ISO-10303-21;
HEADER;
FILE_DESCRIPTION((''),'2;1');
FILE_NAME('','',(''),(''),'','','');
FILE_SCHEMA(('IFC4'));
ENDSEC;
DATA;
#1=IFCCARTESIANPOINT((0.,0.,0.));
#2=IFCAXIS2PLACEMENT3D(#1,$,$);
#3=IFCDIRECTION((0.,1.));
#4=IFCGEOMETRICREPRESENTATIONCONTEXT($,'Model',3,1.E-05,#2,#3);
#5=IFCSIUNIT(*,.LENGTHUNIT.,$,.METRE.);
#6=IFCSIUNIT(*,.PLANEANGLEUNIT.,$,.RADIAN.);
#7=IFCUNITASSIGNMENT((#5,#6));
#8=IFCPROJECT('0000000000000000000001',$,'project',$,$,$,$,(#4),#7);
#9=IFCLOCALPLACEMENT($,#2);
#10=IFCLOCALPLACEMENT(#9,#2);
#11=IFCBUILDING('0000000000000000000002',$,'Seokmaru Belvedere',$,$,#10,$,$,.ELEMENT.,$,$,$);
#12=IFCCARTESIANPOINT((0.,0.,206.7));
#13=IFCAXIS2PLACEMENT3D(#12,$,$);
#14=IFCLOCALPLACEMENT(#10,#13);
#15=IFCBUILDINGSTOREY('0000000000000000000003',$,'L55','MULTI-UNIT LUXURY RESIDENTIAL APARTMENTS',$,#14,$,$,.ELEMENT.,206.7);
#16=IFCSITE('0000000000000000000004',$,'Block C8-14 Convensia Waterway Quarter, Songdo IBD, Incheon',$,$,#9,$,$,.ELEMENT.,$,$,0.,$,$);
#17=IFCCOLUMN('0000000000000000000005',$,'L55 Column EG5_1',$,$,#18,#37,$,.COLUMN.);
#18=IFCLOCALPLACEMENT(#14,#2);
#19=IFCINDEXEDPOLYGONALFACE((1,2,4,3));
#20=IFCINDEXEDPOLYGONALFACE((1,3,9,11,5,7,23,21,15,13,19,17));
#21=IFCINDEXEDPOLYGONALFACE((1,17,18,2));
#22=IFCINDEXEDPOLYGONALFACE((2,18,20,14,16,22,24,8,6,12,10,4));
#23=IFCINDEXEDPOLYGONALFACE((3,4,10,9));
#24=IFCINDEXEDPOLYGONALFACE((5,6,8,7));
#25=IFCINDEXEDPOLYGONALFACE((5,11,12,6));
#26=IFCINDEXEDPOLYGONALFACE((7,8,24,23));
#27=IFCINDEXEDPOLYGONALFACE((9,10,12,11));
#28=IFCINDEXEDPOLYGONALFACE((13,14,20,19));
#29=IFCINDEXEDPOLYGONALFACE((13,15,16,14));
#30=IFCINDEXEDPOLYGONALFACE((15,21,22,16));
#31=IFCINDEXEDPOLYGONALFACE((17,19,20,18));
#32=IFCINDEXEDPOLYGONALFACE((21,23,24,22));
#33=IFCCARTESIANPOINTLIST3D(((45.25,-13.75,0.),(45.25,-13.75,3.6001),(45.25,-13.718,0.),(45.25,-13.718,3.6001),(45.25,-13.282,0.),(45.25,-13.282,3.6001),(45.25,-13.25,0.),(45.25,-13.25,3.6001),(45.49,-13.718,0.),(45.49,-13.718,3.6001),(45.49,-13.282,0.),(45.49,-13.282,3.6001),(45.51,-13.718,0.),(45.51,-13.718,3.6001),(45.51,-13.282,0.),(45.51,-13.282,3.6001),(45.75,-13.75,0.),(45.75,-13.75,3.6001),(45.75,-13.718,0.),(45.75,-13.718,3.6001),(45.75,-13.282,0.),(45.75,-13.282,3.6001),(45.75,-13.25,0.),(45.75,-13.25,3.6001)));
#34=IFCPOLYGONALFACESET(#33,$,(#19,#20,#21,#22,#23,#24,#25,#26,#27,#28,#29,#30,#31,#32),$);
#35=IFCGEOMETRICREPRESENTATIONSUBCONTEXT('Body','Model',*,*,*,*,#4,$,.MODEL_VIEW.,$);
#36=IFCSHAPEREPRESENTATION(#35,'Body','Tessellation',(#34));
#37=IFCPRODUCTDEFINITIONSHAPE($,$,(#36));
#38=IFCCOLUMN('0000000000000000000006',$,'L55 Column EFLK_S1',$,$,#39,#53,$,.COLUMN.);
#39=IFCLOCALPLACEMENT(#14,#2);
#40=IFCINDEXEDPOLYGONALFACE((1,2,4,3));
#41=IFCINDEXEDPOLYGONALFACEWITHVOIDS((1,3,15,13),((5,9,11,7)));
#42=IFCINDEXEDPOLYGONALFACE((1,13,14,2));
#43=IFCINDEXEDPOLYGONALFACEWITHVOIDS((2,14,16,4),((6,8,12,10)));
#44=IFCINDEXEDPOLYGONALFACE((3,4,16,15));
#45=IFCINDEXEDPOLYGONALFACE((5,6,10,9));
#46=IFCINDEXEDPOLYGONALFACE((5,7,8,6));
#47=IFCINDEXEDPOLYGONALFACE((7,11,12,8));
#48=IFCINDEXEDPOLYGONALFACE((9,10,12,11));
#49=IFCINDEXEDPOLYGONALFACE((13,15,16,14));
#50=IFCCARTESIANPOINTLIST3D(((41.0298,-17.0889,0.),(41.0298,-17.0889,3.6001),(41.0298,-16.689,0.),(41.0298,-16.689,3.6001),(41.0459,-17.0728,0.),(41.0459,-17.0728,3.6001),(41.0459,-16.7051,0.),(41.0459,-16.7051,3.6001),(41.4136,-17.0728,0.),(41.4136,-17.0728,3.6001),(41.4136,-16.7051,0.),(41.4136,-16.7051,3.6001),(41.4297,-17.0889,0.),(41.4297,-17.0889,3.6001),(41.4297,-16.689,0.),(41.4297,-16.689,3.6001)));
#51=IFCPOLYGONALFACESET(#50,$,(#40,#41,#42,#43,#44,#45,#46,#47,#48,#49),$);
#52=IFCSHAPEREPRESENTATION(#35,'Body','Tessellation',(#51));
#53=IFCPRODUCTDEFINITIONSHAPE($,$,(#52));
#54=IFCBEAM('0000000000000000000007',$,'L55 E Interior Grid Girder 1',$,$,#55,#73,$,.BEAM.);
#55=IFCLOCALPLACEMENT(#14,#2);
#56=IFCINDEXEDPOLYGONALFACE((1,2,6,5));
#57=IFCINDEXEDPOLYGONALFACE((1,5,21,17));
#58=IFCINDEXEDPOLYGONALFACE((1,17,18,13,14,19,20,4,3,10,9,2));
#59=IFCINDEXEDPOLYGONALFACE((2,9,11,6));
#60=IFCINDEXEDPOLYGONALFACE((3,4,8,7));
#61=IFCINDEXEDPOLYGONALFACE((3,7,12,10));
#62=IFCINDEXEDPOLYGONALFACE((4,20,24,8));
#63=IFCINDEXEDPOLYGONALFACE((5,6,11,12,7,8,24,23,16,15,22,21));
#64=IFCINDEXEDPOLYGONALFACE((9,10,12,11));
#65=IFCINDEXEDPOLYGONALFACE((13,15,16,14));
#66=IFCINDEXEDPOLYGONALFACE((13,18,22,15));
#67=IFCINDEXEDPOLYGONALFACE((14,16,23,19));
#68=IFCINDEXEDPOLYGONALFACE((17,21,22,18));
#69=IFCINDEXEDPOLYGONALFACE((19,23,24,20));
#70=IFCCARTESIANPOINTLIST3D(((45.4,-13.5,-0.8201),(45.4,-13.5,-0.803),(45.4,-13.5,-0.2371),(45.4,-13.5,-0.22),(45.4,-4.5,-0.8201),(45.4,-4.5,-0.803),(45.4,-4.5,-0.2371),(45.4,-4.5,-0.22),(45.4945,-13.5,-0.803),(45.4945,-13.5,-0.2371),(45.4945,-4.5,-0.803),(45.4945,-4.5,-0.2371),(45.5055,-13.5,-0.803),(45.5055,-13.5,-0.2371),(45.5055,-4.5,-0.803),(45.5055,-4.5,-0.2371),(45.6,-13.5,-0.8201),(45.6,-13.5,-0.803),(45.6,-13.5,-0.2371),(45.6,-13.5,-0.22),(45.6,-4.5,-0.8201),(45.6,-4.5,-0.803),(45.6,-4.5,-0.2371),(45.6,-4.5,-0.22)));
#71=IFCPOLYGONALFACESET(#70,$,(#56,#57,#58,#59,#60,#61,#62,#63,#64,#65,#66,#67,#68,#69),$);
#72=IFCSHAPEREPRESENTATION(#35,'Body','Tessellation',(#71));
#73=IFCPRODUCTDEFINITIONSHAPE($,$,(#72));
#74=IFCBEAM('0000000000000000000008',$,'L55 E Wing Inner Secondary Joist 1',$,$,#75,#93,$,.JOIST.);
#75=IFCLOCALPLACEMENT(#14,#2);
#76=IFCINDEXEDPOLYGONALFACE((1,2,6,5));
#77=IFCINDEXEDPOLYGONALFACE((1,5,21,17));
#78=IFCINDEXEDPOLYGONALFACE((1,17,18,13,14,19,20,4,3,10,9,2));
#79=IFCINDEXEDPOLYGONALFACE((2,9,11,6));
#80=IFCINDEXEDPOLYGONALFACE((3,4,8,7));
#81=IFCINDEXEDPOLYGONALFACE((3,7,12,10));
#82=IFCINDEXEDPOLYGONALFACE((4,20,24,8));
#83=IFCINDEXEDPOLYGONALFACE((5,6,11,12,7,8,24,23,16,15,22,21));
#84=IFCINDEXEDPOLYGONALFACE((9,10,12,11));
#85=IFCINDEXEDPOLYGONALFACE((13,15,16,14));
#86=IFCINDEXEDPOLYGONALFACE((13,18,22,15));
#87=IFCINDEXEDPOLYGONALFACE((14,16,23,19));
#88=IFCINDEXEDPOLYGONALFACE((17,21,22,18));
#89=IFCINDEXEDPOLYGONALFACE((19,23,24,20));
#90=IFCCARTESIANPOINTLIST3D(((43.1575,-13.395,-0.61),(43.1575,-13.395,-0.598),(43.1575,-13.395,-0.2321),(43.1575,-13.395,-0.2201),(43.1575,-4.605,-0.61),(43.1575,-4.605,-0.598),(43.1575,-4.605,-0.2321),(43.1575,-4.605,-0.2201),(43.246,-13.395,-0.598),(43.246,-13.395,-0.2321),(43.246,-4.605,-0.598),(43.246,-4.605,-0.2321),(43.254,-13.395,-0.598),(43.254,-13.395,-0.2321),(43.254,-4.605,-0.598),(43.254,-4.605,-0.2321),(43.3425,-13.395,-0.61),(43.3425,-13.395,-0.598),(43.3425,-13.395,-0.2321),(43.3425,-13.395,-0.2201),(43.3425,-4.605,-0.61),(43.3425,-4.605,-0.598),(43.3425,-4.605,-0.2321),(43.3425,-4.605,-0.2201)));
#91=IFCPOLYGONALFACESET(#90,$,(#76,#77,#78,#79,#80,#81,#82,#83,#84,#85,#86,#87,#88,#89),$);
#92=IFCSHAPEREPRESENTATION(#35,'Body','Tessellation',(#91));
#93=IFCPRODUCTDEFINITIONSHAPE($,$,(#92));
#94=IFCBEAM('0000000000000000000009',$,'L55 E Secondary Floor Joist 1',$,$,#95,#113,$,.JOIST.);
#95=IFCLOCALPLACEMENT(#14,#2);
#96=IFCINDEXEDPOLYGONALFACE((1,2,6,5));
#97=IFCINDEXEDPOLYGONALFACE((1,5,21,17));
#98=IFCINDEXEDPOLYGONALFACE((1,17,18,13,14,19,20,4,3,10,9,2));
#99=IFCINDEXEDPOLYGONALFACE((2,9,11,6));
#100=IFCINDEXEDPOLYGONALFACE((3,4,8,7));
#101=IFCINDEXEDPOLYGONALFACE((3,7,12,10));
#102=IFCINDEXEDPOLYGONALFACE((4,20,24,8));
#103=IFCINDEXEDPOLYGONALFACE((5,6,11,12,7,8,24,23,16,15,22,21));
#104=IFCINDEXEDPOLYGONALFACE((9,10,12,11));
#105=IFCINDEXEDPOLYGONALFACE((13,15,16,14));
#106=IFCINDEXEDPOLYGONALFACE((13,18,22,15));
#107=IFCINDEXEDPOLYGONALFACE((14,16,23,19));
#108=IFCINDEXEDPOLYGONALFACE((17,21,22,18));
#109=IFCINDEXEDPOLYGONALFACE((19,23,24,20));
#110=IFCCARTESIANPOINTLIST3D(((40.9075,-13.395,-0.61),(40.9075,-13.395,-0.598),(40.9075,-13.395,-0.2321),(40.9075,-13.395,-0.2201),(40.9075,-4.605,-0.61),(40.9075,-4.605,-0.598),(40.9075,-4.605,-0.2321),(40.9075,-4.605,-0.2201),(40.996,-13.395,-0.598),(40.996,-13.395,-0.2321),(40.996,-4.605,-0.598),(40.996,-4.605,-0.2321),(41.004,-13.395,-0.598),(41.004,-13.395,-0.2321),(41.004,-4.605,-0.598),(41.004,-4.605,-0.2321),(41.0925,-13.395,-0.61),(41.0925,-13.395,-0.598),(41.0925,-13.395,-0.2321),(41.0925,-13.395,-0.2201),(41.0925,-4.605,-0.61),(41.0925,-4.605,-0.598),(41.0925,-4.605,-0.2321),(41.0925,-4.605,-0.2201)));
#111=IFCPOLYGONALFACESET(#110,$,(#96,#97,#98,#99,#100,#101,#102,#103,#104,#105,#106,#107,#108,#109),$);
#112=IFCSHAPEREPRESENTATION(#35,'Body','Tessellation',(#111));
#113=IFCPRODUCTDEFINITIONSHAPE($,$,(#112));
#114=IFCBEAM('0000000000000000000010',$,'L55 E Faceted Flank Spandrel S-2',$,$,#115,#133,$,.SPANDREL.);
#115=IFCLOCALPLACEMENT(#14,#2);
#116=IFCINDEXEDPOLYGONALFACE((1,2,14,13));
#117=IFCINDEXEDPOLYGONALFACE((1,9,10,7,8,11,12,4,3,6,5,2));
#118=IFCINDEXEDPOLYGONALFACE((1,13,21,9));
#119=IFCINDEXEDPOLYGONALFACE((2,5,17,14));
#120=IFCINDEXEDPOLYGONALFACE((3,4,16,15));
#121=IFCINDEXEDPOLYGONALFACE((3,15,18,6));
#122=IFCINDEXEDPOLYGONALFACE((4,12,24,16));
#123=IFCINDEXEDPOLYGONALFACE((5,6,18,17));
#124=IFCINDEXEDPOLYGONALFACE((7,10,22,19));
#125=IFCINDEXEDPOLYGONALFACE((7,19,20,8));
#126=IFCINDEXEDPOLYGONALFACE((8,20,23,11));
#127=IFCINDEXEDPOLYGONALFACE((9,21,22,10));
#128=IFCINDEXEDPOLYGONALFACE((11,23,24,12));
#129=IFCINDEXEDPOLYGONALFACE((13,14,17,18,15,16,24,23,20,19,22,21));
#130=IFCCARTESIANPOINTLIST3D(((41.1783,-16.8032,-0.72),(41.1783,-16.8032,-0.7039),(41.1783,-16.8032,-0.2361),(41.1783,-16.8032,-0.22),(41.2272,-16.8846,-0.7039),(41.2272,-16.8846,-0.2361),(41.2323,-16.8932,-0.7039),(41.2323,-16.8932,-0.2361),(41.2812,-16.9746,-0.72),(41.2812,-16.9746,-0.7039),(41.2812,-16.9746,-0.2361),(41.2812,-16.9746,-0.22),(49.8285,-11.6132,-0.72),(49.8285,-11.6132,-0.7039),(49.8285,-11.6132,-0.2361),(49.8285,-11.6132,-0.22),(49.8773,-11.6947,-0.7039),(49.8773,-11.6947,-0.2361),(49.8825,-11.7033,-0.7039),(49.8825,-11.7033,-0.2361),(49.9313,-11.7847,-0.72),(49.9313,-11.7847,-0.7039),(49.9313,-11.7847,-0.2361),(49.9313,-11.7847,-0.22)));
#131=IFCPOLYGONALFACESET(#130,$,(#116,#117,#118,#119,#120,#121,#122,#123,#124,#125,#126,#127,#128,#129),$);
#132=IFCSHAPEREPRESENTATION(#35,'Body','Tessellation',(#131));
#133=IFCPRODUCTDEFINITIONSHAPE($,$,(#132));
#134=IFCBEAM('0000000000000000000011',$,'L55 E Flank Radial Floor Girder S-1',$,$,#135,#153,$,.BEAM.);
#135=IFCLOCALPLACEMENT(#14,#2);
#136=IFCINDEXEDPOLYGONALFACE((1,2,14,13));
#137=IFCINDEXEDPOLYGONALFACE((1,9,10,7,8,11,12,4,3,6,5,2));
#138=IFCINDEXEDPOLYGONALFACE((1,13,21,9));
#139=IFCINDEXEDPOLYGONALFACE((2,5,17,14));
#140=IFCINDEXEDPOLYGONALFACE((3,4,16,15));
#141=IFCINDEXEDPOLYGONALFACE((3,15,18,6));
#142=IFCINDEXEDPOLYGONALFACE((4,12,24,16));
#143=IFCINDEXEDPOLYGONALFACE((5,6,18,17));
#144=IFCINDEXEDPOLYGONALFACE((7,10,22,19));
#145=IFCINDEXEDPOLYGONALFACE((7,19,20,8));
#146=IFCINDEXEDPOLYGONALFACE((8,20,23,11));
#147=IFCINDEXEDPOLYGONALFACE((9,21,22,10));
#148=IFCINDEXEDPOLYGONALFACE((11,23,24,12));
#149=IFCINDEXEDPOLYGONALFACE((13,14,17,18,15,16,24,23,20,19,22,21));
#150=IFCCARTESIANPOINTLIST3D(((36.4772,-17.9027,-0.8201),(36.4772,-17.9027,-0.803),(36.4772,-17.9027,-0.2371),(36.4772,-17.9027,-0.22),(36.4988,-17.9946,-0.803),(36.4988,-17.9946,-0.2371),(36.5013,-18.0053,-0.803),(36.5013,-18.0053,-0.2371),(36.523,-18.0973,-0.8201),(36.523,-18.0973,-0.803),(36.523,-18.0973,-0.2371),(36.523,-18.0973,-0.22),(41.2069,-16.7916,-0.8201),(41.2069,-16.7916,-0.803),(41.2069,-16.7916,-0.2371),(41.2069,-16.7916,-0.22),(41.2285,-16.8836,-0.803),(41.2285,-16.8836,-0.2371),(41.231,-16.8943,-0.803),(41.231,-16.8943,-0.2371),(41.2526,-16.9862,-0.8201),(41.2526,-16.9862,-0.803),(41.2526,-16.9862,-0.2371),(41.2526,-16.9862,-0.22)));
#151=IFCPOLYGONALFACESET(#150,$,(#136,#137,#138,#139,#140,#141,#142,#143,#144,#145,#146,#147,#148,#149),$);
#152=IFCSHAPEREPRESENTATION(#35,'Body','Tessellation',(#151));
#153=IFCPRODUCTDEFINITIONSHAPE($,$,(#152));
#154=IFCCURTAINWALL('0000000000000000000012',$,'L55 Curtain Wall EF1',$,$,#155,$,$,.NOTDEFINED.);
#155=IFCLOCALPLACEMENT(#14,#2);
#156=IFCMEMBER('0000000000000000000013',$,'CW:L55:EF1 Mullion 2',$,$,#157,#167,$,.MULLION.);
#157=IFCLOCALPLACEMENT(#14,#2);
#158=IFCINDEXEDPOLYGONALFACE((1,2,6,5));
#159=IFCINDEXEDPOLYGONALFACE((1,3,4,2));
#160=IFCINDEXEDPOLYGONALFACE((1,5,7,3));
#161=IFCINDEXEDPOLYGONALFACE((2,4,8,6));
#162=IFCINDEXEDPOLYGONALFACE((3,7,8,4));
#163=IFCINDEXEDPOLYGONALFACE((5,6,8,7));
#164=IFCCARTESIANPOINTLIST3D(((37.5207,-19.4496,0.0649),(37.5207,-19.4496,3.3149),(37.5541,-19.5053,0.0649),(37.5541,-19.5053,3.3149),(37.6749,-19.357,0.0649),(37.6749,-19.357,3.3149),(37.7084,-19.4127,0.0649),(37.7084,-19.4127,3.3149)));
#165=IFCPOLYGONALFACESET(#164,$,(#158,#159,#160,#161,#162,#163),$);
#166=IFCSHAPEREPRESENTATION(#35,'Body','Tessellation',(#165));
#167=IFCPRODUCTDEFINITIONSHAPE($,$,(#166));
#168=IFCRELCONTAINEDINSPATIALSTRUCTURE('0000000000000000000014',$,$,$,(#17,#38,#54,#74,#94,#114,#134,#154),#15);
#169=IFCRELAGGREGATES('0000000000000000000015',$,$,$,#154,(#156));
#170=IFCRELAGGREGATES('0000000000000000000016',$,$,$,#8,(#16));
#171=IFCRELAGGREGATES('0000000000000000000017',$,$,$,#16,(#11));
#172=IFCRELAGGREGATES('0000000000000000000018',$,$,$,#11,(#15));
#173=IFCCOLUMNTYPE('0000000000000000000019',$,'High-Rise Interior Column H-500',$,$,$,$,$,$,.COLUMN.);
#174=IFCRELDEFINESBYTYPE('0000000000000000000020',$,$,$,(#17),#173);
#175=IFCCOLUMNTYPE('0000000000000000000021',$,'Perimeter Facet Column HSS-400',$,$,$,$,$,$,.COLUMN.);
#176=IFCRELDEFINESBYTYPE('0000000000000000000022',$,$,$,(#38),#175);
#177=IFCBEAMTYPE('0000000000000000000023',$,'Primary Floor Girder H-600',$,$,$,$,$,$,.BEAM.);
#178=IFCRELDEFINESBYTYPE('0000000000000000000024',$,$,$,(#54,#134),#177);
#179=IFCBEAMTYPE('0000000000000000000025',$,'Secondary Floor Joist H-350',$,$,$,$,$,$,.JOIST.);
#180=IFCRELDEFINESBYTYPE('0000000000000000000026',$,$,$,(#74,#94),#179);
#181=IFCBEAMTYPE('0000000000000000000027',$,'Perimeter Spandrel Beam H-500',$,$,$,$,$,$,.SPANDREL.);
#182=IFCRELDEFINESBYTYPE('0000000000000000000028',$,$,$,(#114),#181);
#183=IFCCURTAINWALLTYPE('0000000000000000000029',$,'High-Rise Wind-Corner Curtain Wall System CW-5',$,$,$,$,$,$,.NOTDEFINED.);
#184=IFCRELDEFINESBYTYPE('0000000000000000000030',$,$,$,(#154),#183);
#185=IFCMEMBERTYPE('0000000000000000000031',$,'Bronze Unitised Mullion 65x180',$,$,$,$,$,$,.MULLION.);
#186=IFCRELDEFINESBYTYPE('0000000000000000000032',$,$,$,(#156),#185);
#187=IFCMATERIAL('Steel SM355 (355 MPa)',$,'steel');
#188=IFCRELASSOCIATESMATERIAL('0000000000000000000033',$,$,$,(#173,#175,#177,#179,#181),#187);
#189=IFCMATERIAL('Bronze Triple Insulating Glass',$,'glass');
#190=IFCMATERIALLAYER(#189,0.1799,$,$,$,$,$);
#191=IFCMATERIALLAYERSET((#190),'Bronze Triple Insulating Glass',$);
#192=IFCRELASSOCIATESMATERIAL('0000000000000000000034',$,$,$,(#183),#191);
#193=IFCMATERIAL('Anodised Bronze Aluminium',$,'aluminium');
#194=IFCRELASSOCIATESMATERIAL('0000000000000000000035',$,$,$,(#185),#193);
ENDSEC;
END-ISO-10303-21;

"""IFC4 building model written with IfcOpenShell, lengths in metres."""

from ifc_helpers import new_model, si_unit, direction, frame, origin, origin_2d, place, context, subcontext, project, spatial, rectangle, hollow_rectangle, i_section, extrude, source, transform, mapped, material, layer, layer_set, material_profile, profile_set, type_object, type_shapes, element, aggregate, save


model = new_model("IFC4")

# Units and contexts
model_context = context("Model", 3, precision=1e-05, world=origin(), true_north=direction((0.0, 1.0)))
body_context = subcontext(model_context, "Body", "Model", "MODEL_VIEW")
ifc_project = project(units=[si_unit("LENGTHUNIT", "METRE"), si_unit("PLANEANGLEUNIT", "RADIAN")], contexts=[model_context])

# Site, building, storey
site_placement = place(None, origin())
site = spatial("IfcSite", under=ifc_project, at=site_placement, Name="Block C8-14 Convensia Waterway Quarter, Songdo IBD, Incheon", CompositionType="ELEMENT", RefElevation=0.0)
building_placement = place(site_placement, origin())
building = spatial("IfcBuilding", under=site, at=building_placement, Name="Seokmaru Belvedere", CompositionType="ELEMENT")
storey_placement = place(building_placement, frame((0.0, 0.0, 206.7)))
storey = spatial("IfcBuildingStorey", under=building, at=storey_placement, Name="L55", Description="MULTI-UNIT LUXURY RESIDENTIAL APARTMENTS", CompositionType="ELEMENT", Elevation=206.7)

# Columns
ifc_material_1 = material(Name="Steel SM355 (355 MPa)", Category="steel")
ifc_material_profile_1 = material_profile(ifc_material_1, i_section(OverallWidth=0.5, OverallDepth=0.5, WebThickness=0.02, FlangeThickness=0.032, at=origin_2d()), Name="H-500x500x20x32")
ifc_profile_set_1 = profile_set([ifc_material_profile_1], Name="Steel SM355 (355 MPa)")
column_type_1 = type_object("IfcColumnType", Name="High-Rise Interior Column H-500", PredefinedType="COLUMN", material=ifc_profile_set_1)
shared_shape_1 = source(origin(), body_context, "Body", "SweptSolid", [
    extrude(i_section(OverallWidth=0.5, OverallDepth=0.5, WebThickness=0.02, FlangeThickness=0.032, at=origin_2d()), origin(), (0.0, 0.0, 1.0), 3.6001),
])
type_shapes(column_type_1, [shared_shape_1])
column_1_placement = place(storey_placement, frame((45.5, -13.5, 0.0), z_axis=(0.0, 0.0, 1.0), x_axis=(1.0, 0.0, 0.0)))
element("IfcColumn", 1, at=column_1_placement, inside=storey, type_object=column_type_1, Name="L55 Column EG5_1", PredefinedType="COLUMN", context=body_context, shape_type="MappedRepresentation", body=[
    mapped(shared_shape_1, transform((0.0, 0.0, 0.0), scale=1.0)),
])
ifc_material_profile_2 = material_profile(ifc_material_1, hollow_rectangle(XDim=0.3999, YDim=0.3999, WallThickness=0.0161, at=origin_2d()), Name="HSS-400x400x16")
ifc_profile_set_2 = profile_set([ifc_material_profile_2], Name="Steel SM355 (355 MPa)")
column_type_2 = type_object("IfcColumnType", Name="Perimeter Facet Column HSS-400", PredefinedType="COLUMN", material=ifc_profile_set_2)
shared_shape_2 = source(origin(), body_context, "Body", "SweptSolid", [
    extrude(hollow_rectangle(XDim=0.3999, YDim=0.3999, WallThickness=0.0161, at=origin_2d()), origin(), (0.0, 0.0, 1.0), 3.6001),
])
type_shapes(column_type_2, [shared_shape_2])
column_2_placement = place(storey_placement, frame((41.2297, -16.8889, 0.0), z_axis=(0.0, 0.0, 1.0), x_axis=(1.0, 0.0, 0.0)))
element("IfcColumn", 2, at=column_2_placement, inside=storey, type_object=column_type_2, Name="L55 Column EFLK_S1", PredefinedType="COLUMN", context=body_context, shape_type="MappedRepresentation", body=[
    mapped(shared_shape_2, transform((0.0, 0.0, 0.0), scale=1.0)),
])

# Beams
ifc_material_profile_3 = material_profile(ifc_material_1, i_section(OverallWidth=0.2, OverallDepth=0.6001, WebThickness=0.011, FlangeThickness=0.0171, at=origin_2d()), Name="H-600x200x11x17")
ifc_profile_set_3 = profile_set([ifc_material_profile_3], Name="Steel SM355 (355 MPa)")
beam_type_1 = type_object("IfcBeamType", Name="Primary Floor Girder H-600", PredefinedType="BEAM", material=ifc_profile_set_3)
shared_shape_3 = source(origin(), body_context, "Body", "SweptSolid", [
    extrude(i_section(OverallWidth=0.2, OverallDepth=0.6001, WebThickness=0.011, FlangeThickness=0.0171, at=origin_2d()), origin(), (0.0, 0.0, 1.0), 9.0),
])
beam_1_placement = place(storey_placement, frame((45.5, -13.5, -0.52), z_axis=(0.0, 1.0, 0.0), x_axis=(-1.0, 0.0, 0.0)))
element("IfcBeam", 3, at=beam_1_placement, inside=storey, type_object=beam_type_1, Name="L55 E Interior Grid Girder 1", PredefinedType="BEAM", context=body_context, shape_type="MappedRepresentation", body=[
    mapped(shared_shape_3, transform((0.0, 0.0, 0.0), scale=1.0)),
])
ifc_material_profile_4 = material_profile(ifc_material_1, i_section(OverallWidth=0.1851, OverallDepth=0.3899, WebThickness=0.0081, FlangeThickness=0.012, at=origin_2d()), Name="H-390x185x8x12")
ifc_profile_set_4 = profile_set([ifc_material_profile_4], Name="Steel SM355 (355 MPa)")
beam_type_2 = type_object("IfcBeamType", Name="Secondary Floor Joist H-350", PredefinedType="JOIST", material=ifc_profile_set_4)
shared_shape_4 = source(origin(), body_context, "Body", "SweptSolid", [
    extrude(i_section(OverallWidth=0.1851, OverallDepth=0.3899, WebThickness=0.0081, FlangeThickness=0.012, at=origin_2d()), origin(), (0.0, 0.0, 1.0), 8.79),
])
type_shapes(beam_type_2, [shared_shape_4])
for number, where, z_axis, x_axis, name in (
    (4, (43.25, -13.395, -0.415), (0.0, 1.0, 0.0), (-1.0, 0.0, 0.0), "L55 E Wing Inner Secondary Joist 1"),
    (5, (41.0, -13.395, -0.415), (0.0, 1.0, 0.0), (-1.0, 0.0, 0.0), "L55 E Secondary Floor Joist 1"),
):
    element("IfcBeam", number, at=place(storey_placement, frame(where, z_axis=z_axis, x_axis=x_axis)), inside=storey, type_object=beam_type_2, Name=name, PredefinedType="JOIST", context=body_context, shape_type="MappedRepresentation", body=[
        mapped(shared_shape_4, transform((0.0, 0.0, 0.0), scale=1.0)),
    ])
ifc_material_profile_5 = material_profile(ifc_material_1, i_section(OverallWidth=0.2, OverallDepth=0.5, WebThickness=0.01, FlangeThickness=0.0161, at=origin_2d()), Name="H-500x200x10x16")
ifc_profile_set_5 = profile_set([ifc_material_profile_5], Name="Steel SM355 (355 MPa)")
beam_type_3 = type_object("IfcBeamType", Name="Perimeter Spandrel Beam H-500", PredefinedType="SPANDREL", material=ifc_profile_set_5)
shared_shape_5 = source(origin(), body_context, "Body", "SweptSolid", [
    extrude(i_section(OverallWidth=0.2, OverallDepth=0.5, WebThickness=0.01, FlangeThickness=0.0161, at=origin_2d()), origin(), (0.0, 0.0, 1.0), 10.0876),
])
type_shapes(beam_type_3, [shared_shape_5])
beam_2_placement = place(storey_placement, frame((41.2297, -16.8889, -0.47), z_axis=(0.857499, 0.514485, 0.0), x_axis=(-0.514485, 0.857499, 0.0)))
element("IfcBeam", 6, at=beam_2_placement, inside=storey, type_object=beam_type_3, Name="L55 E Faceted Flank Spandrel S-2", PredefinedType="SPANDREL", context=body_context, shape_type="MappedRepresentation", body=[
    mapped(shared_shape_5, transform((0.0, 0.0, 0.0), scale=1.0)),
])
shared_shape_6 = source(origin(), body_context, "Body", "SweptSolid", [
    extrude(i_section(OverallWidth=0.2, OverallDepth=0.6001, WebThickness=0.011, FlangeThickness=0.0171, at=origin_2d()), origin(), (0.0, 0.0, 1.0), 4.8584),
])
type_shapes(beam_type_1, [shared_shape_3, shared_shape_6])
beam_3_placement = place(storey_placement, frame((41.2297, -16.8889, -0.52), z_axis=(-0.973499, -0.228689, 0.0), x_axis=(0.228689, -0.973499, 0.0)))
element("IfcBeam", 7, at=beam_3_placement, inside=storey, type_object=beam_type_1, Name="L55 E Flank Radial Floor Girder S-1", PredefinedType="BEAM", context=body_context, shape_type="MappedRepresentation", body=[
    mapped(shared_shape_6, transform((0.0, 0.0, 0.0), scale=1.0)),
])

# Curtain wall, member
ifc_material_2 = material(Name="Bronze Triple Insulating Glass", Category="glass")
ifc_layer_1 = layer(ifc_material_2, 0.1799)
ifc_layer_set_1 = layer_set([ifc_layer_1], Name="Bronze Triple Insulating Glass")
curtain_wall_type = type_object("IfcCurtainWallType", Name="High-Rise Wind-Corner Curtain Wall System CW-5", PredefinedType="NOTDEFINED", material=ifc_layer_set_1)
curtain_wall_placement = place(storey_placement, origin())
curtain_wall = element("IfcCurtainWall", 8, at=curtain_wall_placement, inside=storey, type_object=curtain_wall_type, Name="L55 Curtain Wall EF1", PredefinedType="NOTDEFINED")
ifc_material_3 = material(Name="Anodised Bronze Aluminium", Category="aluminium")
ifc_material_profile_6 = material_profile(ifc_material_3, rectangle(XDim=0.0649, YDim=0.1799, at=origin_2d()), Name="CW-M-65x180")
ifc_profile_set_6 = profile_set([ifc_material_profile_6], Name="Anodised Bronze Aluminium")
member_type = type_object("IfcMemberType", Name="Bronze Unitised Mullion 65x180", PredefinedType="MULLION", material=ifc_profile_set_6)
shared_shape_7 = source(origin(), body_context, "Body", "SweptSolid", [
    extrude(rectangle(XDim=0.0649, YDim=0.1799, at=origin_2d()), origin(), (0.0, 0.0, 1.0), 3.25),
])
type_shapes(member_type, [shared_shape_7])
member_1_placement = place(storey_placement, frame((37.6145, -19.4312, 0.0649), z_axis=(0.0, 0.0, 1.0), x_axis=(-0.514495, 0.857493, 0.0)))
member_1 = element("IfcMember", 9, at=member_1_placement, type_object=member_type, Name="CW:L55:EF1 Mullion 2", PredefinedType="MULLION", context=body_context, shape_type="MappedRepresentation", body=[
    mapped(shared_shape_7, transform((0.0, 0.0, 0.0), scale=1.0)),
])
aggregate(curtain_wall, [member_1])

save(model, "model.ifc")
